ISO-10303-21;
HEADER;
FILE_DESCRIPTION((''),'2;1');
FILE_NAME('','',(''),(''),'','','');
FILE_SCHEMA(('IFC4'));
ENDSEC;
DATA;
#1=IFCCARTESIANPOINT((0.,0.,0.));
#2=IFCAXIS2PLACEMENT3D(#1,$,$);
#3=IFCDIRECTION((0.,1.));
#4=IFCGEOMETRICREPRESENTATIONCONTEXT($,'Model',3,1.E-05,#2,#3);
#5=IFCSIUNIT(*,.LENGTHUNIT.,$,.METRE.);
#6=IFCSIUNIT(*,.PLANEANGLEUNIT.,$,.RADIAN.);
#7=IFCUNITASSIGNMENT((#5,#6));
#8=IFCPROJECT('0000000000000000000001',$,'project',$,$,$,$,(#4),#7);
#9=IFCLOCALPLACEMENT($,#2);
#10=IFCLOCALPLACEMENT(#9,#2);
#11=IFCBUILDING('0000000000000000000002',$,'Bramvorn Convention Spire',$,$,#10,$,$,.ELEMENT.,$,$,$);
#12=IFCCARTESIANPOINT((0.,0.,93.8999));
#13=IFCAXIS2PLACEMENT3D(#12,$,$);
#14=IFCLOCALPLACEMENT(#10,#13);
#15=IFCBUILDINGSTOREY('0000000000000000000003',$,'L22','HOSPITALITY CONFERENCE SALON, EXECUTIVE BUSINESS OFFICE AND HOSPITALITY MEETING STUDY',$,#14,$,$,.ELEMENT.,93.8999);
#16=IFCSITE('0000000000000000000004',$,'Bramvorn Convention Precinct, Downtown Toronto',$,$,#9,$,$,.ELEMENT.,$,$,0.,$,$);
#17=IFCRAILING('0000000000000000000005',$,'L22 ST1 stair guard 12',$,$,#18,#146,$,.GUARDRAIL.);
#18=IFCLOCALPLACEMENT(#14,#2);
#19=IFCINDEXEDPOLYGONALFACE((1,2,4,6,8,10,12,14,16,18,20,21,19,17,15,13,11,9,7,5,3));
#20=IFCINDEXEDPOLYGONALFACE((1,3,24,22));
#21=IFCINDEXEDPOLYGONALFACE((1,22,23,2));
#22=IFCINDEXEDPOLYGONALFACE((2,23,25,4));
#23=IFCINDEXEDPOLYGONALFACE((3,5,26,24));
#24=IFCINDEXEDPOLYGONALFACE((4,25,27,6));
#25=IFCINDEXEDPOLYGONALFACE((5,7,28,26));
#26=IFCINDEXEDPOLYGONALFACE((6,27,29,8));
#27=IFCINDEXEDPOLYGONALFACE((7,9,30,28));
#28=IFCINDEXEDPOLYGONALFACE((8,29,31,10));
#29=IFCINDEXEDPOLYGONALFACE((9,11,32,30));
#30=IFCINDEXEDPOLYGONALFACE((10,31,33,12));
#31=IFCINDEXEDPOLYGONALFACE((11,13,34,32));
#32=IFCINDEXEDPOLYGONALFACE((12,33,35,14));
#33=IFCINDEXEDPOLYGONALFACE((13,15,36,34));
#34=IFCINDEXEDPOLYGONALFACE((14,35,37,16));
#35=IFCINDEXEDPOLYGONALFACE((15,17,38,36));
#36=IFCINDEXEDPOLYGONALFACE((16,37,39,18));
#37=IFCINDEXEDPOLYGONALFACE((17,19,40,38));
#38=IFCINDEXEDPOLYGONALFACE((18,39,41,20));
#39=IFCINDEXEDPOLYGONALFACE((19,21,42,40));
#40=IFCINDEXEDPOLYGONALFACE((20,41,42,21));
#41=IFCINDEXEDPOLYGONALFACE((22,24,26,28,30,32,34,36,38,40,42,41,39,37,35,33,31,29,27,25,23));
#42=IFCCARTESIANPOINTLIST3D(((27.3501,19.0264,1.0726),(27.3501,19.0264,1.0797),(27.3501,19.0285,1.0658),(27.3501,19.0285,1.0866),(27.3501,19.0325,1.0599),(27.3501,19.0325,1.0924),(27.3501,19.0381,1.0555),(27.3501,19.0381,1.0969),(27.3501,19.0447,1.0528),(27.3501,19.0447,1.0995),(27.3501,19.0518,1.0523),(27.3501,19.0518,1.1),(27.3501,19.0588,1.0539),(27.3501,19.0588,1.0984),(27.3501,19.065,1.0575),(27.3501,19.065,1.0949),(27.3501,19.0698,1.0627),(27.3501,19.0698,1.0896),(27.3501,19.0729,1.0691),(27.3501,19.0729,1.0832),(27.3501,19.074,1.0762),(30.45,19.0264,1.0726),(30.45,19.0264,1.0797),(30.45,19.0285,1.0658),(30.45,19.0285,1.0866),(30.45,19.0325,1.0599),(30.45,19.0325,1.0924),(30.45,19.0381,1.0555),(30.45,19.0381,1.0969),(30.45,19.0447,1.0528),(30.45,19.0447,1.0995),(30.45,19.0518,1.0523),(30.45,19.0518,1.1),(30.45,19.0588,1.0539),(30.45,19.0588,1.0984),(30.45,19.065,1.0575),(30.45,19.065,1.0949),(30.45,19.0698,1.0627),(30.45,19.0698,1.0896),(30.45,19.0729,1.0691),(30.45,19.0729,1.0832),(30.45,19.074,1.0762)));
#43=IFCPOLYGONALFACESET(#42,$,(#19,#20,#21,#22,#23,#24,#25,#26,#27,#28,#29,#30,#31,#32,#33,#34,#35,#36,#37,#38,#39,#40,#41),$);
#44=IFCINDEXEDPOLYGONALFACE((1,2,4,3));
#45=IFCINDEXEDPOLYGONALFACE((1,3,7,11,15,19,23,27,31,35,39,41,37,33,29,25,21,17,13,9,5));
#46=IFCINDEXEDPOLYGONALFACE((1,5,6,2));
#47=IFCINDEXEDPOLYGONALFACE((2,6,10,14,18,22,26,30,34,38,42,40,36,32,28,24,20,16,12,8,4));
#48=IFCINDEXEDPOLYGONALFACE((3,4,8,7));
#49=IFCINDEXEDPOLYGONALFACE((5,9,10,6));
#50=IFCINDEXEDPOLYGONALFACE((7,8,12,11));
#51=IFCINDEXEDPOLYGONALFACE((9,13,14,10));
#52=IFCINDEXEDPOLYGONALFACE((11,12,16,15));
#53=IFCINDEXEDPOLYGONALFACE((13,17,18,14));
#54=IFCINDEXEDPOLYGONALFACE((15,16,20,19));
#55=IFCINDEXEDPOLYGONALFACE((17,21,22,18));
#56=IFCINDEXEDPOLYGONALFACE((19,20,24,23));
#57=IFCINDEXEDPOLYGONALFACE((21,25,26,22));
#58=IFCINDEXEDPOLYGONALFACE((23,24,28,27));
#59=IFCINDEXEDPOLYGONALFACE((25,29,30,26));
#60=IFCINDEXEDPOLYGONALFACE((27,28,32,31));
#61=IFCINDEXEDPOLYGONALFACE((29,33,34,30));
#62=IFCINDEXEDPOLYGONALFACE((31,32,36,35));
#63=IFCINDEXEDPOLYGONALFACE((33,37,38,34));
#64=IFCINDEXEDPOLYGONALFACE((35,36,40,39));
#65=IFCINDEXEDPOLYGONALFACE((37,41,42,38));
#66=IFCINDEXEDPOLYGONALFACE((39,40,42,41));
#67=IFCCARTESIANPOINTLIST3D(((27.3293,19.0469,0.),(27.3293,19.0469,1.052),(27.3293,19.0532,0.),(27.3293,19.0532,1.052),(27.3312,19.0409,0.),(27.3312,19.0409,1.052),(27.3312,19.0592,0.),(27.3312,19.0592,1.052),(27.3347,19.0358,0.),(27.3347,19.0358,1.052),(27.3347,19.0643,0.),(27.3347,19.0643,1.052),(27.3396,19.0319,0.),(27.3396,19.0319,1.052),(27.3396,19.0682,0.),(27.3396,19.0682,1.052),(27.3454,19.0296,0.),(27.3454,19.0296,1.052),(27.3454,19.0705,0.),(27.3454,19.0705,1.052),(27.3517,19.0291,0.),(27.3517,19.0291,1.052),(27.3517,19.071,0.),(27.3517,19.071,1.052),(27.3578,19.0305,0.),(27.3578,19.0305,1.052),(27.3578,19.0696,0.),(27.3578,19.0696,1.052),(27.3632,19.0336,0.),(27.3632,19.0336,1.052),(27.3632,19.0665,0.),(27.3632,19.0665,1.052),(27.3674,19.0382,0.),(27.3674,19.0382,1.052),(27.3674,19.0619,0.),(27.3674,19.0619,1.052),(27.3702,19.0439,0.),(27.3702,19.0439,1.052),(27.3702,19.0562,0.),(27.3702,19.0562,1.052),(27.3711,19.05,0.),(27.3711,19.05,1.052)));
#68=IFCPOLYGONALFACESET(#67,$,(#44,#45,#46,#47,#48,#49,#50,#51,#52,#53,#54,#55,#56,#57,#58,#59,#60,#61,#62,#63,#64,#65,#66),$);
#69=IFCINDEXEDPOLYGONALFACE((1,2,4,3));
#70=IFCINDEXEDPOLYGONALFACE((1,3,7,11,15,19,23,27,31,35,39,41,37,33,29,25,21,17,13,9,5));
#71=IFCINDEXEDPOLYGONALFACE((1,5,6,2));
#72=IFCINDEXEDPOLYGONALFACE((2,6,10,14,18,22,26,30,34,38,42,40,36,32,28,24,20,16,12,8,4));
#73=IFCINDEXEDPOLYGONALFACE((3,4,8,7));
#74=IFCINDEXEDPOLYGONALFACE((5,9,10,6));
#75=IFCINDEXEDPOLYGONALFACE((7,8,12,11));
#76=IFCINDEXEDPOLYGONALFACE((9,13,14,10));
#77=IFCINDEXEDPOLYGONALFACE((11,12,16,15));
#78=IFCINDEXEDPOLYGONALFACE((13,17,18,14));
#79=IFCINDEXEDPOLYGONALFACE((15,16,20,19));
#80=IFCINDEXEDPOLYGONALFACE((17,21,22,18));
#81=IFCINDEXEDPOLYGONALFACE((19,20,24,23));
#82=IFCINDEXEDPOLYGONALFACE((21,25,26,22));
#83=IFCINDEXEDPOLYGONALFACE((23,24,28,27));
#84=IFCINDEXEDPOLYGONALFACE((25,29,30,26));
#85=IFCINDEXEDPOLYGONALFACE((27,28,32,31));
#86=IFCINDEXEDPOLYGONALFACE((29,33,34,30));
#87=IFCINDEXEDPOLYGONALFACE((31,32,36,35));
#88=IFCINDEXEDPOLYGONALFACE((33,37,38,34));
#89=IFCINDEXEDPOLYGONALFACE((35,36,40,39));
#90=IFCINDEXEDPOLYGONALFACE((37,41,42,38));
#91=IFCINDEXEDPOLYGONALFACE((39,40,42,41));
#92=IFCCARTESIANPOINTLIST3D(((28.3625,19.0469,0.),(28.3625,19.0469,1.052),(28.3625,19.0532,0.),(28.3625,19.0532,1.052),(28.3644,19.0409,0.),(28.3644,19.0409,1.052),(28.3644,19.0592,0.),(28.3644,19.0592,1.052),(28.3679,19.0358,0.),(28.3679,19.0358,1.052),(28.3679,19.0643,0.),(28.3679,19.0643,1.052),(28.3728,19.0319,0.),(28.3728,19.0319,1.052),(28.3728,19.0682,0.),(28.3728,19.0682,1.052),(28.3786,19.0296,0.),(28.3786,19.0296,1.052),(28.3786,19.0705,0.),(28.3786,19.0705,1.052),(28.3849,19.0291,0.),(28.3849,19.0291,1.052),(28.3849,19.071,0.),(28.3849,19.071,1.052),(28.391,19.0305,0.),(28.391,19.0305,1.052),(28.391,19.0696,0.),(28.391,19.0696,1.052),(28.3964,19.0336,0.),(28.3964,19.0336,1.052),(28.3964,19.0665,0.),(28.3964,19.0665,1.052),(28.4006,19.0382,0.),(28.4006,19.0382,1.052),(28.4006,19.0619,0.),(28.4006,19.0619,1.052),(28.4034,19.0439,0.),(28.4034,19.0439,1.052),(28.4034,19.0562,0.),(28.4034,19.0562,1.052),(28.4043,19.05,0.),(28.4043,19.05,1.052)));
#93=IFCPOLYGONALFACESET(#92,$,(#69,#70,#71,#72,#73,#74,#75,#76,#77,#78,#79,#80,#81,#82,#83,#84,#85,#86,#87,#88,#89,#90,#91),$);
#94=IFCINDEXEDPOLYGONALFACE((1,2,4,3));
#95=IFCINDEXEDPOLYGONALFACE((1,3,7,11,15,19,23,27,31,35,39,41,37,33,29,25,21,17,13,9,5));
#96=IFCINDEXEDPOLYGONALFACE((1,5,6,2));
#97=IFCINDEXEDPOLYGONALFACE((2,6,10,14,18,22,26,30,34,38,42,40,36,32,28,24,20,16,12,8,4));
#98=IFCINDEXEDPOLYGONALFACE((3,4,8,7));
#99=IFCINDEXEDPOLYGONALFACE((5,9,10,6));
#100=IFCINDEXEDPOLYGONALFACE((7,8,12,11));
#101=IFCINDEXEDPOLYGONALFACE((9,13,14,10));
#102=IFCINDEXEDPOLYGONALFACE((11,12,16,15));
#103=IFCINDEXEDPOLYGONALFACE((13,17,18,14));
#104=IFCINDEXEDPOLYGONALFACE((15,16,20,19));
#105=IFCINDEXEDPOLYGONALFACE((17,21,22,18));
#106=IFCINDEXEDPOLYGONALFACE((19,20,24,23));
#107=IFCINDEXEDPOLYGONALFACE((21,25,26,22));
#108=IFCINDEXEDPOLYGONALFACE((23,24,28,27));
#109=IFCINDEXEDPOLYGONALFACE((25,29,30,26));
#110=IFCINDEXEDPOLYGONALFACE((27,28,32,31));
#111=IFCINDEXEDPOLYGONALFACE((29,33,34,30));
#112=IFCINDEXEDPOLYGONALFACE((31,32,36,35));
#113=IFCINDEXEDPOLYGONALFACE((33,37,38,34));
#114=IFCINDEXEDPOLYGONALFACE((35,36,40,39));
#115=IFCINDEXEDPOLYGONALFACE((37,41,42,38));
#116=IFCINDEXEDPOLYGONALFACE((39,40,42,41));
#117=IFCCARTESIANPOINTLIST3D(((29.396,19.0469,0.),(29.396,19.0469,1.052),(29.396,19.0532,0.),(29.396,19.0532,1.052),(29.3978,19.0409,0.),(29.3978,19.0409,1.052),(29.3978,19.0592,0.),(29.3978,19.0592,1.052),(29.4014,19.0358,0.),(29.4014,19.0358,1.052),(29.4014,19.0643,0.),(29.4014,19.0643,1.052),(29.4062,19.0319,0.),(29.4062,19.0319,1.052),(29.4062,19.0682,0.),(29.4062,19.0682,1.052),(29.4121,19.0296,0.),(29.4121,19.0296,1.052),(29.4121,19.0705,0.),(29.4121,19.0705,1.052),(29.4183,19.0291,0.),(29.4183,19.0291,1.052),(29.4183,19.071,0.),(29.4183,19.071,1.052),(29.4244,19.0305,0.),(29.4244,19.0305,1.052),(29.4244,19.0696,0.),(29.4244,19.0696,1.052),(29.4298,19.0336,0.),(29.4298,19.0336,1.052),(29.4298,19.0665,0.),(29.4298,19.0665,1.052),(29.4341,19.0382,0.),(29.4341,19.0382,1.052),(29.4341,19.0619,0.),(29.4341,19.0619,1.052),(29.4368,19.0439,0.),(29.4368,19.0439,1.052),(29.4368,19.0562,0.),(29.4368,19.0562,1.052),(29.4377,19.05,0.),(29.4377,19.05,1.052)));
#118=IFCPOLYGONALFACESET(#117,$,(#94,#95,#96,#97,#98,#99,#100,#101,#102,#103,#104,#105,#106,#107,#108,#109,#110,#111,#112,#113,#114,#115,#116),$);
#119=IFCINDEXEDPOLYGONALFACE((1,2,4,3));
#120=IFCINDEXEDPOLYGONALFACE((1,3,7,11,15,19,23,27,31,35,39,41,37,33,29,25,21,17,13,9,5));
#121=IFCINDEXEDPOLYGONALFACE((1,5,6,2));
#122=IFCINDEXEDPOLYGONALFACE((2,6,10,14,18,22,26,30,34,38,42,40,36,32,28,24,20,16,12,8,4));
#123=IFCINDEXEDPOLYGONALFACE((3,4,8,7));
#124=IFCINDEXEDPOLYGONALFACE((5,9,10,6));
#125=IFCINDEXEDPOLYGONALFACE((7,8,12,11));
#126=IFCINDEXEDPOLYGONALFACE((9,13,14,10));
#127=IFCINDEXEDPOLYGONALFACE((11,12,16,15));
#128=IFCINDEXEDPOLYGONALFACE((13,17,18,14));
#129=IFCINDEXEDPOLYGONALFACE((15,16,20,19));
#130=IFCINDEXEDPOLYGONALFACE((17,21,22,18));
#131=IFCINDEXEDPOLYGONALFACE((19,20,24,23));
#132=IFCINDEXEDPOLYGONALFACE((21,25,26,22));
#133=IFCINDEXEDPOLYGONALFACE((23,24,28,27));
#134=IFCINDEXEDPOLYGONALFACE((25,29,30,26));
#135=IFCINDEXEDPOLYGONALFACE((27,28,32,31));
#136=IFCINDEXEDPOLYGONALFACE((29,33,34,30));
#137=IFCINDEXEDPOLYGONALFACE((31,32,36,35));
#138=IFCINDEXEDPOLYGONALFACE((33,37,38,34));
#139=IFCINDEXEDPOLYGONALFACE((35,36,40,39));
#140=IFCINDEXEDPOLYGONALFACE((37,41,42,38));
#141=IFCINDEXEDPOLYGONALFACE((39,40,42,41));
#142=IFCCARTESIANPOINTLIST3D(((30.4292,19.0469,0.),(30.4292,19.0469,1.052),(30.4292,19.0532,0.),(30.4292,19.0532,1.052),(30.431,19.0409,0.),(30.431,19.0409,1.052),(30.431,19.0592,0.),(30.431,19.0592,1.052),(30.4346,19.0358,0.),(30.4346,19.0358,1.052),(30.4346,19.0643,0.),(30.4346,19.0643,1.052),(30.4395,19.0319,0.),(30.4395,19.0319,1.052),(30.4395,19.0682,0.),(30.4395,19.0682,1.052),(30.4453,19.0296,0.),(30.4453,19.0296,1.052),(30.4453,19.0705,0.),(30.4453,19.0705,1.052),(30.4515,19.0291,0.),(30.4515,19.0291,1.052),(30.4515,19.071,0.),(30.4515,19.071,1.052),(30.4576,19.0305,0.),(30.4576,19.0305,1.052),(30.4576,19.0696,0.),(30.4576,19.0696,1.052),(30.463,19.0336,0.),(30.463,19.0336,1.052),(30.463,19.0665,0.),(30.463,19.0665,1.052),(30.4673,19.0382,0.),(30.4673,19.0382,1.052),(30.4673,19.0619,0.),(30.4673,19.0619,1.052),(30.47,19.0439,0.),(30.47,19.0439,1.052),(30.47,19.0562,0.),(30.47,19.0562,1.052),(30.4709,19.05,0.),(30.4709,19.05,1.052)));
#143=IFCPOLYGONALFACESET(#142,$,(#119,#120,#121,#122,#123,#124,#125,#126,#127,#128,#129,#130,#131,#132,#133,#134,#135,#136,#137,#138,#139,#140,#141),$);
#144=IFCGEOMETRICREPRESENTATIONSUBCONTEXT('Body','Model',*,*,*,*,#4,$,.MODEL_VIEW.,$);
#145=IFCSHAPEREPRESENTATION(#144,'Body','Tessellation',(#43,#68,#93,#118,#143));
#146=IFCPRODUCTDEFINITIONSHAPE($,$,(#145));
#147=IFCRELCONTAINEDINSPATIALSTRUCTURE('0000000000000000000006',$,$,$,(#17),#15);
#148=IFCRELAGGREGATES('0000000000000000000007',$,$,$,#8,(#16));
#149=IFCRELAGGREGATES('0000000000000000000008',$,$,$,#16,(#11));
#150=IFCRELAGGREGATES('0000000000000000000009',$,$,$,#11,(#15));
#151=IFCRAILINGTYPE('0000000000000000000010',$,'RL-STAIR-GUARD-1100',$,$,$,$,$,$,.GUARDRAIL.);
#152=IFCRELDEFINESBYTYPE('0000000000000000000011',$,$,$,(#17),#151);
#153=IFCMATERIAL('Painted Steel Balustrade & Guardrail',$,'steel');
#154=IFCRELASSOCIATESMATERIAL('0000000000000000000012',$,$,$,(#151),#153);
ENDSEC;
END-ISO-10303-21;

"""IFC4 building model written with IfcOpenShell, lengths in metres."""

from ifc_helpers import new_model, si_unit, direction, frame, origin, origin_2d, place, context, subcontext, project, spatial, circle, extrude, material, type_object, element, save


model = new_model("IFC4")

# Units and contexts
model_context = context("Model", 3, precision=1e-05, world=origin(), true_north=direction((0.0, 1.0)))
body_context = subcontext(model_context, "Body", "Model", "MODEL_VIEW")
ifc_project = project(units=[si_unit("LENGTHUNIT", "METRE"), si_unit("PLANEANGLEUNIT", "RADIAN")], contexts=[model_context])

# Site, building, storey
site_placement = place(None, origin())
site = spatial("IfcSite", under=ifc_project, at=site_placement, Name="Bramvorn Convention Precinct, Downtown Toronto", CompositionType="ELEMENT", RefElevation=0.0)
building_placement = place(site_placement, origin())
building = spatial("IfcBuilding", under=site, at=building_placement, Name="Bramvorn Convention Spire", CompositionType="ELEMENT")
storey_placement = place(building_placement, frame((0.0, 0.0, 93.8999)))
storey = spatial("IfcBuildingStorey", under=building, at=storey_placement, Name="L22", Description="HOSPITALITY CONFERENCE SALON, EXECUTIVE BUSINESS OFFICE AND HOSPITALITY MEETING STUDY", CompositionType="ELEMENT", Elevation=93.8999)

# Railing
ifc_material_1 = material(Name="Painted Steel Balustrade & Guardrail", Category="steel")
railing_type = type_object("IfcRailingType", Name="RL-STAIR-GUARD-1100", PredefinedType="GUARDRAIL", material=ifc_material_1)
railing_1_placement = place(storey_placement, frame((27.3501, 19.05, 0.0)))
element("IfcRailing", 1, at=railing_1_placement, inside=storey, type_object=railing_type, Name="L22 ST1 stair guard 12", PredefinedType="GUARDRAIL", context=body_context, shape_type="SweptSolid", body=[
    extrude(circle(Radius=0.0239, at=origin_2d()), frame((0.0, 0.0, 1.0762), z_axis=(1.0, 0.0, 0.0), x_axis=(0.0, 1.0, 0.0)), (0.0, 0.0, 1.0), 3.0999),
    extrude(circle(Radius=0.021, at=origin_2d()), origin(), (0.0, 0.0, 1.0), 1.052),
    extrude(circle(Radius=0.021, at=origin_2d()), frame((1.0332, 0.0, 0.0)), (0.0, 0.0, 1.0), 1.052),
    extrude(circle(Radius=0.021, at=origin_2d()), frame((2.0667, 0.0, 0.0)), (0.0, 0.0, 1.0), 1.052),
    extrude(circle(Radius=0.021, at=origin_2d()), frame((3.0999, 0.0, 0.0)), (0.0, 0.0, 1.0), 1.052),
])

save(model, "model.ifc")
